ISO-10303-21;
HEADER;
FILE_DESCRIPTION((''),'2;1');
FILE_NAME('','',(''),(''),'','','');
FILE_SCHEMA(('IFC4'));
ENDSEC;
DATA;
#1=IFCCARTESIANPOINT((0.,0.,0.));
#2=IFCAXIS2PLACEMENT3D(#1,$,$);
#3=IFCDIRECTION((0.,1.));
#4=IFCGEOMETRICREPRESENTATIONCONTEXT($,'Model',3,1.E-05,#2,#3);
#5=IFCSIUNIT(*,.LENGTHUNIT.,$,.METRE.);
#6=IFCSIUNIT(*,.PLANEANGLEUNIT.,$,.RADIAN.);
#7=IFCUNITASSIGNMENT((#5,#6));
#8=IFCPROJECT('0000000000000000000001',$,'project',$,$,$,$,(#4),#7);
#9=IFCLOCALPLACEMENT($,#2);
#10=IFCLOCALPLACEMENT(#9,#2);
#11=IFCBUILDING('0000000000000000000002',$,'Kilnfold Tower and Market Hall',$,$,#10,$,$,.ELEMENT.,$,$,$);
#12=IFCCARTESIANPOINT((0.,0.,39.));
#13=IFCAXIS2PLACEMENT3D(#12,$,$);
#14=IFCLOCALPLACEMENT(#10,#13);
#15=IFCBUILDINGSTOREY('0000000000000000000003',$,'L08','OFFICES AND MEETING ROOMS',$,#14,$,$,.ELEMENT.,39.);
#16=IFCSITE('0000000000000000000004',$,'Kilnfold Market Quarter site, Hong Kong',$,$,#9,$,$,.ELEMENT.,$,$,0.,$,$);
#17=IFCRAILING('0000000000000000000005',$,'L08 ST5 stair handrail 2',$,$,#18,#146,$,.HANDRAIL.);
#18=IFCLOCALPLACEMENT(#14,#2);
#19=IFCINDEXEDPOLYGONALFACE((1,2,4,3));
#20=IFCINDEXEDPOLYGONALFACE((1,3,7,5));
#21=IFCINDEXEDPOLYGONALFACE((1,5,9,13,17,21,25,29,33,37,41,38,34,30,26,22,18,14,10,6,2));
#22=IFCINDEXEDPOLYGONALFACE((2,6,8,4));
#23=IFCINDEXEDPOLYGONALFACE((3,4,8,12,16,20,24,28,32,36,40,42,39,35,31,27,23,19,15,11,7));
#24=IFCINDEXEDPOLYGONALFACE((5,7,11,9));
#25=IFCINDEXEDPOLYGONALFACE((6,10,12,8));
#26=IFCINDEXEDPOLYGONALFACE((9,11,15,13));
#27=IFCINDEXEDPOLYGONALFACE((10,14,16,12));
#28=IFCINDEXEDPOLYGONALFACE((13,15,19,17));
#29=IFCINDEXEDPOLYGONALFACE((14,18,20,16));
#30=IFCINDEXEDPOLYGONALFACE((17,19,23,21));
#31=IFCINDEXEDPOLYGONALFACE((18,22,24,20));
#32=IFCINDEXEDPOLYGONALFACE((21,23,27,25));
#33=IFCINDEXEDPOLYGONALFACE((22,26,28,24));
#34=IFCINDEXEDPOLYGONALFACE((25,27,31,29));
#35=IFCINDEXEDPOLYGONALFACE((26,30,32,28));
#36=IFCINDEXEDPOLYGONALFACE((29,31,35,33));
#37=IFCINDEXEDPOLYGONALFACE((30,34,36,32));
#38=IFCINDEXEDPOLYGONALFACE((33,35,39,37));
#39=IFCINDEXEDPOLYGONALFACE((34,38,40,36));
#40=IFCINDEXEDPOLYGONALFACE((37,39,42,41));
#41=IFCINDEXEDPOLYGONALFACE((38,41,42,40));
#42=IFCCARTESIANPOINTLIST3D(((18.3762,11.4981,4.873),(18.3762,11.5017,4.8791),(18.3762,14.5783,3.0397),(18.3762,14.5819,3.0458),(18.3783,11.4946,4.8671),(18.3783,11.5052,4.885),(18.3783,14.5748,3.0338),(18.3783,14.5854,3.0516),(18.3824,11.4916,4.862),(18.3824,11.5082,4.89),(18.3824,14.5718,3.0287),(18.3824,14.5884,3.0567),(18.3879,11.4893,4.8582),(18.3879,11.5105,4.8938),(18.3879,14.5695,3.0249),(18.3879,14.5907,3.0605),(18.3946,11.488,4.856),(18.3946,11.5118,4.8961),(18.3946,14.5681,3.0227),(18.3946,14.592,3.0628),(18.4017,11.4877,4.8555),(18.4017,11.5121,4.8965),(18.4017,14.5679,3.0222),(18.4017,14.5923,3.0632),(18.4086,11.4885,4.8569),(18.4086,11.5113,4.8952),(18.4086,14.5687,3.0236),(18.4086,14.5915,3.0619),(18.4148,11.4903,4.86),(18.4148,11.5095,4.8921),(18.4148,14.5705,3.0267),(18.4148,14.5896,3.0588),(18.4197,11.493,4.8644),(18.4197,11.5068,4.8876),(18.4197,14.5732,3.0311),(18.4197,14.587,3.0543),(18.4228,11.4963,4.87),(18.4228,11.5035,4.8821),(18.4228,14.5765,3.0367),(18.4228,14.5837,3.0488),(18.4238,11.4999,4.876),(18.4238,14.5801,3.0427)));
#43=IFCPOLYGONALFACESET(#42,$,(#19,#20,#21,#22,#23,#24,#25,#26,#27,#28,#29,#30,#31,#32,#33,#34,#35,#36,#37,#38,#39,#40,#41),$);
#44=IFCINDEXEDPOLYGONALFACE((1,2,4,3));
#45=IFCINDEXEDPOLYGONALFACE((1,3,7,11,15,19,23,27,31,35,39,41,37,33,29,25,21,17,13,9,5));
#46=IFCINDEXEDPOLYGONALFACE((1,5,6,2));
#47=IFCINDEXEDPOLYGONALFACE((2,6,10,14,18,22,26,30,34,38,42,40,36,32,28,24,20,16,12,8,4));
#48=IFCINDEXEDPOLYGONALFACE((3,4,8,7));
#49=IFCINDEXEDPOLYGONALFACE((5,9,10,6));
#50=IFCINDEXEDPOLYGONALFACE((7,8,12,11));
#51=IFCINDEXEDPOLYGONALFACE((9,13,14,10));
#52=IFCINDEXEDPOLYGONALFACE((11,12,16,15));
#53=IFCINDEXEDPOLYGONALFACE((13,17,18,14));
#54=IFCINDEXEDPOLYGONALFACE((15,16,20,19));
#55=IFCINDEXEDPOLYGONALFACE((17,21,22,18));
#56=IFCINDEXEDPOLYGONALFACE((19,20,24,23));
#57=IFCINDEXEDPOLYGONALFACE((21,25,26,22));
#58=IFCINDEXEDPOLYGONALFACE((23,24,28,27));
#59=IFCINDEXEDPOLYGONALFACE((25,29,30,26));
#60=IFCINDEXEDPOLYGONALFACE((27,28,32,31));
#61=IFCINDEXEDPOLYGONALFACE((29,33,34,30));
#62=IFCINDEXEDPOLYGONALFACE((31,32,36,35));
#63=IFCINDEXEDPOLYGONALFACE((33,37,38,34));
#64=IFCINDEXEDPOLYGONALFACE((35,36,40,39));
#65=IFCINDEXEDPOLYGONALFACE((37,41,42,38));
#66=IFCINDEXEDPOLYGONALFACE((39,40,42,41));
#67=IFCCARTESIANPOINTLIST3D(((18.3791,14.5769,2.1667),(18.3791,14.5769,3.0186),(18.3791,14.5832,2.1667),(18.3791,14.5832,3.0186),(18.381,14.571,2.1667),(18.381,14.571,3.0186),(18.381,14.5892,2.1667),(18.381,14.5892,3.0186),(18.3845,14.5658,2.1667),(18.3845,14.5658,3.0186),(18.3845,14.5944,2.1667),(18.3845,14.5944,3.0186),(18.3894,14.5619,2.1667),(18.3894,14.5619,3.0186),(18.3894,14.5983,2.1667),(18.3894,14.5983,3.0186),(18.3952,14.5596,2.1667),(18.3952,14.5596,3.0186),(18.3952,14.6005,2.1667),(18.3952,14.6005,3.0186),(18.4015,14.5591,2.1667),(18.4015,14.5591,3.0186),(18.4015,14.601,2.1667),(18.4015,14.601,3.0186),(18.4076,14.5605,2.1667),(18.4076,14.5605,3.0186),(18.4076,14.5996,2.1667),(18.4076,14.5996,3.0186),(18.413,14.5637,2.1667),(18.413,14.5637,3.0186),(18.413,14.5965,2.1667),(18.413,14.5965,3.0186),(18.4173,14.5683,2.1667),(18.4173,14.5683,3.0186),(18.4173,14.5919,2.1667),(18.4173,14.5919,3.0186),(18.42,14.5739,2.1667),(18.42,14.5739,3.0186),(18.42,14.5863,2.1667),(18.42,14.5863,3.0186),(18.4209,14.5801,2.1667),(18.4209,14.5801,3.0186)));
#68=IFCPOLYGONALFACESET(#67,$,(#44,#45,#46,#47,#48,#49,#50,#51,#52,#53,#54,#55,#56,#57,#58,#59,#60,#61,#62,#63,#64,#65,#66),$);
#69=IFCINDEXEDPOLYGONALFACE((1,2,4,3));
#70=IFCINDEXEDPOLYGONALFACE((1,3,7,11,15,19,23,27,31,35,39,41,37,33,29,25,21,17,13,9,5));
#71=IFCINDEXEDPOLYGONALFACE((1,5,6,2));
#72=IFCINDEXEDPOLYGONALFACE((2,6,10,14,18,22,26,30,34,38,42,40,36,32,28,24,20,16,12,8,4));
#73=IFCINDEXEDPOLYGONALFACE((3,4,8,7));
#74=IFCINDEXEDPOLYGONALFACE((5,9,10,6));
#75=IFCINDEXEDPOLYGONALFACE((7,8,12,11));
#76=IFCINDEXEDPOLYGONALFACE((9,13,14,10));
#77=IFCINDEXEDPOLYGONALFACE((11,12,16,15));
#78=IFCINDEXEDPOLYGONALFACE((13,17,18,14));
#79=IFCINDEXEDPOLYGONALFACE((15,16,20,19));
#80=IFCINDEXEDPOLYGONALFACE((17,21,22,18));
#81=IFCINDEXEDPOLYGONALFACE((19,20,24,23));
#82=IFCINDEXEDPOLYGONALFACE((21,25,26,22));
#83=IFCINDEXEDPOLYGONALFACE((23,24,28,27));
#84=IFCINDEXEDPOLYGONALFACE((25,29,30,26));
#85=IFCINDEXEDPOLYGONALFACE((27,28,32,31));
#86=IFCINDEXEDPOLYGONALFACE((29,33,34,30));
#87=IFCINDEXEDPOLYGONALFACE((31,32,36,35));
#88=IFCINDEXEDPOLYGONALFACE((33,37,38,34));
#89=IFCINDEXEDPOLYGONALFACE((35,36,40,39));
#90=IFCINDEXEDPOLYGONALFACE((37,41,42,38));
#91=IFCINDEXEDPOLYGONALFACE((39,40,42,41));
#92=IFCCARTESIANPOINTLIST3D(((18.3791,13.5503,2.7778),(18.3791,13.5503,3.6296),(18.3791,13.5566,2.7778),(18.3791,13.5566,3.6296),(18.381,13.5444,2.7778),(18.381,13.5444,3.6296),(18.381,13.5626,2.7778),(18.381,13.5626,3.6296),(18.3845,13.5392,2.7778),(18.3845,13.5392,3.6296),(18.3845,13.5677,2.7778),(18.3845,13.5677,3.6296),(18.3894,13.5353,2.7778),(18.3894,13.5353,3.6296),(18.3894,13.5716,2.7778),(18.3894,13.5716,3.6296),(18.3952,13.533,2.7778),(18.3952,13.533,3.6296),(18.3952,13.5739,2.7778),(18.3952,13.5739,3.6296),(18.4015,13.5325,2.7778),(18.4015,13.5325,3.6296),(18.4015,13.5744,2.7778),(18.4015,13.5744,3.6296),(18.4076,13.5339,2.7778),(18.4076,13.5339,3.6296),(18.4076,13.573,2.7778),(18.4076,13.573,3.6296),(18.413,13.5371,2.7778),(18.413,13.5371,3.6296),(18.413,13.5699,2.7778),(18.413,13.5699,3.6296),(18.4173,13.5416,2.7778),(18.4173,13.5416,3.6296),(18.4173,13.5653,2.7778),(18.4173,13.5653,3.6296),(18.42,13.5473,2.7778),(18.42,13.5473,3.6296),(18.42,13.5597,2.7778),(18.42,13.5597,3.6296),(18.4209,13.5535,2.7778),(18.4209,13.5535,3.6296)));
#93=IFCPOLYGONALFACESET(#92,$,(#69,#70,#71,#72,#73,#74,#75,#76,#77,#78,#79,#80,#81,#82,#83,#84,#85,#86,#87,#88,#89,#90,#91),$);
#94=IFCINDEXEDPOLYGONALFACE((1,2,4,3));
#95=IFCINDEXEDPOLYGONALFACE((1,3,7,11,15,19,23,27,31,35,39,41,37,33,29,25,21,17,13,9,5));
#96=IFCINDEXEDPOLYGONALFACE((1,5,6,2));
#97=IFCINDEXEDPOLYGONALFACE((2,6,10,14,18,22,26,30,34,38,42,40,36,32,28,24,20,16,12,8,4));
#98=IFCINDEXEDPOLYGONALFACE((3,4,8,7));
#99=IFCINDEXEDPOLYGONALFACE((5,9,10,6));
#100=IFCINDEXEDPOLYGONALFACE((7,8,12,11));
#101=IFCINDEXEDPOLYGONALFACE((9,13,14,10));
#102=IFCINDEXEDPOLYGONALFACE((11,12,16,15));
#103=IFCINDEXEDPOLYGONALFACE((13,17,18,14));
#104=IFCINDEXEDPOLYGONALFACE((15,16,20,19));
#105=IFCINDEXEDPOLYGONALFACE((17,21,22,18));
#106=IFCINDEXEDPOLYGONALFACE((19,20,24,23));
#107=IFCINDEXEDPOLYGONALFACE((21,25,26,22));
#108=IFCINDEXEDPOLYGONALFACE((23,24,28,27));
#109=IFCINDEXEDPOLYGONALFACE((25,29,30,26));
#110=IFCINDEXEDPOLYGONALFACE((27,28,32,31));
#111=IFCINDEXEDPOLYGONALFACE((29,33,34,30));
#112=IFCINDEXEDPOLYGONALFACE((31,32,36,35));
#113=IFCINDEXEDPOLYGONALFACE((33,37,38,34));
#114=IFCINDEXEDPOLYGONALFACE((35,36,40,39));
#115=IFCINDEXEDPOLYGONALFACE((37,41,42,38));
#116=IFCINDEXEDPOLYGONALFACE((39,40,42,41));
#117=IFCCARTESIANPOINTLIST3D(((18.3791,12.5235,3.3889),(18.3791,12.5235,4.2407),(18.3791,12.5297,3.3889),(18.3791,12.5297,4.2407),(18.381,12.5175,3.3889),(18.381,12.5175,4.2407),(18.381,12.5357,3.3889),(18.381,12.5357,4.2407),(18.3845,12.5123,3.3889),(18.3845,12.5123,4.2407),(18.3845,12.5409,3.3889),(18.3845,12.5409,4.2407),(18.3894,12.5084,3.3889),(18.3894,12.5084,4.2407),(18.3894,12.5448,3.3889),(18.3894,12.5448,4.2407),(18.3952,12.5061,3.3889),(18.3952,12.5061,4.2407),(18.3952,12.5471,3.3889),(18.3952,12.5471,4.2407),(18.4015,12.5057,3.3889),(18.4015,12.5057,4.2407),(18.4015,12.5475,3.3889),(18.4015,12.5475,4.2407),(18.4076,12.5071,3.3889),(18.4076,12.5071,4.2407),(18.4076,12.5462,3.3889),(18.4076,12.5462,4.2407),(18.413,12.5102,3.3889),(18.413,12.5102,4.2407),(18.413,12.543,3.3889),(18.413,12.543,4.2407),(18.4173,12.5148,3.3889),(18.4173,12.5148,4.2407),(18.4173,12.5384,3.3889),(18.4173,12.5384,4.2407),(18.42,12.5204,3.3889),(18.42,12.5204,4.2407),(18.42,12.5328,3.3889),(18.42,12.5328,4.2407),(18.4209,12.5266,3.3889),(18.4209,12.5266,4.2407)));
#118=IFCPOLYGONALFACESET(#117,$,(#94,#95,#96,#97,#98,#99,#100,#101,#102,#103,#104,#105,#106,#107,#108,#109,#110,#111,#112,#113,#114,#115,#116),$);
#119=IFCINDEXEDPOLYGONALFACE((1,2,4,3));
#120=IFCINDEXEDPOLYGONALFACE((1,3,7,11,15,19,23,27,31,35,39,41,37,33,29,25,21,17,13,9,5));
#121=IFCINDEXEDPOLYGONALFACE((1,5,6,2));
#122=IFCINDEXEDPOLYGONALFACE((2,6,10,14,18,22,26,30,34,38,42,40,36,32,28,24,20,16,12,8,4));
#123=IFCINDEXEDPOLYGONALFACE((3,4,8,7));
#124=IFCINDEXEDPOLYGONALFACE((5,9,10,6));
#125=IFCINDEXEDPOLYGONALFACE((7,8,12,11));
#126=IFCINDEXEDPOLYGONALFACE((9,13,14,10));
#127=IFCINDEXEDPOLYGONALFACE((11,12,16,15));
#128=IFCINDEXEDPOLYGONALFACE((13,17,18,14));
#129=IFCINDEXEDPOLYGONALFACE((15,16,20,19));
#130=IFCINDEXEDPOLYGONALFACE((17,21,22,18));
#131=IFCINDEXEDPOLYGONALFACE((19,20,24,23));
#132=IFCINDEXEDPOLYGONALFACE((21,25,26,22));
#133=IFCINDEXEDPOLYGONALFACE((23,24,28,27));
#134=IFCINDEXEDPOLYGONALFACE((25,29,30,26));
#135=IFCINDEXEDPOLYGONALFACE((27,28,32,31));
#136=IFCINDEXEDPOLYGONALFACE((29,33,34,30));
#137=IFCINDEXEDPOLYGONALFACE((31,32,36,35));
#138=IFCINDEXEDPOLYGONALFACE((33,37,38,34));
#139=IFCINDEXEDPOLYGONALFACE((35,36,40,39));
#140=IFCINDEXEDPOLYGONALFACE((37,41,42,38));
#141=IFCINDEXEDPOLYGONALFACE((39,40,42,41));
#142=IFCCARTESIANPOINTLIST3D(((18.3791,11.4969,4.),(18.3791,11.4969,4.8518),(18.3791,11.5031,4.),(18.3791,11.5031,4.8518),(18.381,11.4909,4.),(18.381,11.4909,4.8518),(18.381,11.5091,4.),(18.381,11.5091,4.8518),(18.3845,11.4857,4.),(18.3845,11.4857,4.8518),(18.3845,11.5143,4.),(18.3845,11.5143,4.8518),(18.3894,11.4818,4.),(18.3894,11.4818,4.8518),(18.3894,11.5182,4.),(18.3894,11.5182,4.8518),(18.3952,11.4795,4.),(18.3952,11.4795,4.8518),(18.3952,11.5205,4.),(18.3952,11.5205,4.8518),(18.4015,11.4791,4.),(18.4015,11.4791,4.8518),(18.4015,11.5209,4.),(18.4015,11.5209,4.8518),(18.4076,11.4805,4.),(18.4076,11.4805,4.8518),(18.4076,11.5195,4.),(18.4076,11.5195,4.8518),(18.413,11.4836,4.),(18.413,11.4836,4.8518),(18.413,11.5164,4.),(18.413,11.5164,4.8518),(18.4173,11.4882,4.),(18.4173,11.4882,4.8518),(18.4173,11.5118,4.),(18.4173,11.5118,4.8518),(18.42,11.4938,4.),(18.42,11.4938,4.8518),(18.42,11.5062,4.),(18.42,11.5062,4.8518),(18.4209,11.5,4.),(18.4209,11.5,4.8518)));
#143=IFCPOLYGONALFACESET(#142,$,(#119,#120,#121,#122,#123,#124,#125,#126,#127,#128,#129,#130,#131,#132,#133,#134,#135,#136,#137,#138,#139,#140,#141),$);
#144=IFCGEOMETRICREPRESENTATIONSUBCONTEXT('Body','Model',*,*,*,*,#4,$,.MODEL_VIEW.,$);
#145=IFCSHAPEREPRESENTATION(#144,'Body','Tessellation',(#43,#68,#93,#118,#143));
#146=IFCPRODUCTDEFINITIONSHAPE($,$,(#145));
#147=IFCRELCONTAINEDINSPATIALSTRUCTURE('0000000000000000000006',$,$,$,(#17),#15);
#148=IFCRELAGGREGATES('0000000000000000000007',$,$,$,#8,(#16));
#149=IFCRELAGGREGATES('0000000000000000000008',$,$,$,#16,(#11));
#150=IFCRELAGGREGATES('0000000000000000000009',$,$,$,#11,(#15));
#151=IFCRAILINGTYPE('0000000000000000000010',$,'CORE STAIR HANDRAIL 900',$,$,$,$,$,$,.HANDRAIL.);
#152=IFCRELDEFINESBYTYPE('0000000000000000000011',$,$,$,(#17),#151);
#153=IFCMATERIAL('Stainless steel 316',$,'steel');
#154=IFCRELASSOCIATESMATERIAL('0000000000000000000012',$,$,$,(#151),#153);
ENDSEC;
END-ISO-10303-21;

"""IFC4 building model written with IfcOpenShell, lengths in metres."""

from ifc_helpers import new_model, si_unit, direction, frame, origin, origin_2d, place, context, subcontext, project, spatial, circle, extrude, material, type_object, element, save


model = new_model("IFC4")

# Units and contexts
model_context = context("Model", 3, precision=1e-05, world=origin(), true_north=direction((0.0, 1.0)))
body_context = subcontext(model_context, "Body", "Model", "MODEL_VIEW")
ifc_project = project(units=[si_unit("LENGTHUNIT", "METRE"), si_unit("PLANEANGLEUNIT", "RADIAN")], contexts=[model_context])

# Site, building, storey
site_placement = place(None, origin())
site = spatial("IfcSite", under=ifc_project, at=site_placement, Name="Kilnfold Market Quarter site, Hong Kong", CompositionType="ELEMENT", RefElevation=0.0)
building_placement = place(site_placement, origin())
building = spatial("IfcBuilding", under=site, at=building_placement, Name="Kilnfold Tower and Market Hall", CompositionType="ELEMENT")
storey_placement = place(building_placement, frame((0.0, 0.0, 39.0)))
storey = spatial("IfcBuildingStorey", under=building, at=storey_placement, Name="L08", Description="OFFICES AND MEETING ROOMS", CompositionType="ELEMENT", Elevation=39.0)

# Railing
ifc_material_1 = material(Name="Stainless steel 316", Category="steel")
railing_type_1 = type_object("IfcRailingType", Name="CORE STAIR HANDRAIL 900", PredefinedType="HANDRAIL", material=ifc_material_1)
railing_1_placement = place(storey_placement, frame((18.3999, 14.5801, 2.1667)))
element("IfcRailing", 1, at=railing_1_placement, inside=storey, type_object=railing_type_1, Name="L08 ST5 stair handrail 2", PredefinedType="HANDRAIL", context=body_context, shape_type="SweptSolid", body=[
    extrude(circle(Radius=0.0239, at=origin_2d()), frame((0.0, 0.0, 0.876), z_axis=(0.0, -0.859309, 0.511458), x_axis=(1.0, 0.0, 0.0)), (0.0, 0.0, 1.0), 3.5845),
    extrude(circle(Radius=0.021, at=origin_2d()), origin(), (0.0, 0.0, 1.0), 0.8518),
    extrude(circle(Radius=0.021, at=origin_2d()), frame((0.0, -1.0266, 0.6111)), (0.0, 0.0, 1.0), 0.8518),
    extrude(circle(Radius=0.021, at=origin_2d()), frame((0.0, -2.0535, 1.2222)), (0.0, 0.0, 1.0), 0.8518),
    extrude(circle(Radius=0.021, at=origin_2d()), frame((0.0, -3.0801, 1.8333)), (0.0, 0.0, 1.0), 0.8518),
])

save(model, "model.ifc")
